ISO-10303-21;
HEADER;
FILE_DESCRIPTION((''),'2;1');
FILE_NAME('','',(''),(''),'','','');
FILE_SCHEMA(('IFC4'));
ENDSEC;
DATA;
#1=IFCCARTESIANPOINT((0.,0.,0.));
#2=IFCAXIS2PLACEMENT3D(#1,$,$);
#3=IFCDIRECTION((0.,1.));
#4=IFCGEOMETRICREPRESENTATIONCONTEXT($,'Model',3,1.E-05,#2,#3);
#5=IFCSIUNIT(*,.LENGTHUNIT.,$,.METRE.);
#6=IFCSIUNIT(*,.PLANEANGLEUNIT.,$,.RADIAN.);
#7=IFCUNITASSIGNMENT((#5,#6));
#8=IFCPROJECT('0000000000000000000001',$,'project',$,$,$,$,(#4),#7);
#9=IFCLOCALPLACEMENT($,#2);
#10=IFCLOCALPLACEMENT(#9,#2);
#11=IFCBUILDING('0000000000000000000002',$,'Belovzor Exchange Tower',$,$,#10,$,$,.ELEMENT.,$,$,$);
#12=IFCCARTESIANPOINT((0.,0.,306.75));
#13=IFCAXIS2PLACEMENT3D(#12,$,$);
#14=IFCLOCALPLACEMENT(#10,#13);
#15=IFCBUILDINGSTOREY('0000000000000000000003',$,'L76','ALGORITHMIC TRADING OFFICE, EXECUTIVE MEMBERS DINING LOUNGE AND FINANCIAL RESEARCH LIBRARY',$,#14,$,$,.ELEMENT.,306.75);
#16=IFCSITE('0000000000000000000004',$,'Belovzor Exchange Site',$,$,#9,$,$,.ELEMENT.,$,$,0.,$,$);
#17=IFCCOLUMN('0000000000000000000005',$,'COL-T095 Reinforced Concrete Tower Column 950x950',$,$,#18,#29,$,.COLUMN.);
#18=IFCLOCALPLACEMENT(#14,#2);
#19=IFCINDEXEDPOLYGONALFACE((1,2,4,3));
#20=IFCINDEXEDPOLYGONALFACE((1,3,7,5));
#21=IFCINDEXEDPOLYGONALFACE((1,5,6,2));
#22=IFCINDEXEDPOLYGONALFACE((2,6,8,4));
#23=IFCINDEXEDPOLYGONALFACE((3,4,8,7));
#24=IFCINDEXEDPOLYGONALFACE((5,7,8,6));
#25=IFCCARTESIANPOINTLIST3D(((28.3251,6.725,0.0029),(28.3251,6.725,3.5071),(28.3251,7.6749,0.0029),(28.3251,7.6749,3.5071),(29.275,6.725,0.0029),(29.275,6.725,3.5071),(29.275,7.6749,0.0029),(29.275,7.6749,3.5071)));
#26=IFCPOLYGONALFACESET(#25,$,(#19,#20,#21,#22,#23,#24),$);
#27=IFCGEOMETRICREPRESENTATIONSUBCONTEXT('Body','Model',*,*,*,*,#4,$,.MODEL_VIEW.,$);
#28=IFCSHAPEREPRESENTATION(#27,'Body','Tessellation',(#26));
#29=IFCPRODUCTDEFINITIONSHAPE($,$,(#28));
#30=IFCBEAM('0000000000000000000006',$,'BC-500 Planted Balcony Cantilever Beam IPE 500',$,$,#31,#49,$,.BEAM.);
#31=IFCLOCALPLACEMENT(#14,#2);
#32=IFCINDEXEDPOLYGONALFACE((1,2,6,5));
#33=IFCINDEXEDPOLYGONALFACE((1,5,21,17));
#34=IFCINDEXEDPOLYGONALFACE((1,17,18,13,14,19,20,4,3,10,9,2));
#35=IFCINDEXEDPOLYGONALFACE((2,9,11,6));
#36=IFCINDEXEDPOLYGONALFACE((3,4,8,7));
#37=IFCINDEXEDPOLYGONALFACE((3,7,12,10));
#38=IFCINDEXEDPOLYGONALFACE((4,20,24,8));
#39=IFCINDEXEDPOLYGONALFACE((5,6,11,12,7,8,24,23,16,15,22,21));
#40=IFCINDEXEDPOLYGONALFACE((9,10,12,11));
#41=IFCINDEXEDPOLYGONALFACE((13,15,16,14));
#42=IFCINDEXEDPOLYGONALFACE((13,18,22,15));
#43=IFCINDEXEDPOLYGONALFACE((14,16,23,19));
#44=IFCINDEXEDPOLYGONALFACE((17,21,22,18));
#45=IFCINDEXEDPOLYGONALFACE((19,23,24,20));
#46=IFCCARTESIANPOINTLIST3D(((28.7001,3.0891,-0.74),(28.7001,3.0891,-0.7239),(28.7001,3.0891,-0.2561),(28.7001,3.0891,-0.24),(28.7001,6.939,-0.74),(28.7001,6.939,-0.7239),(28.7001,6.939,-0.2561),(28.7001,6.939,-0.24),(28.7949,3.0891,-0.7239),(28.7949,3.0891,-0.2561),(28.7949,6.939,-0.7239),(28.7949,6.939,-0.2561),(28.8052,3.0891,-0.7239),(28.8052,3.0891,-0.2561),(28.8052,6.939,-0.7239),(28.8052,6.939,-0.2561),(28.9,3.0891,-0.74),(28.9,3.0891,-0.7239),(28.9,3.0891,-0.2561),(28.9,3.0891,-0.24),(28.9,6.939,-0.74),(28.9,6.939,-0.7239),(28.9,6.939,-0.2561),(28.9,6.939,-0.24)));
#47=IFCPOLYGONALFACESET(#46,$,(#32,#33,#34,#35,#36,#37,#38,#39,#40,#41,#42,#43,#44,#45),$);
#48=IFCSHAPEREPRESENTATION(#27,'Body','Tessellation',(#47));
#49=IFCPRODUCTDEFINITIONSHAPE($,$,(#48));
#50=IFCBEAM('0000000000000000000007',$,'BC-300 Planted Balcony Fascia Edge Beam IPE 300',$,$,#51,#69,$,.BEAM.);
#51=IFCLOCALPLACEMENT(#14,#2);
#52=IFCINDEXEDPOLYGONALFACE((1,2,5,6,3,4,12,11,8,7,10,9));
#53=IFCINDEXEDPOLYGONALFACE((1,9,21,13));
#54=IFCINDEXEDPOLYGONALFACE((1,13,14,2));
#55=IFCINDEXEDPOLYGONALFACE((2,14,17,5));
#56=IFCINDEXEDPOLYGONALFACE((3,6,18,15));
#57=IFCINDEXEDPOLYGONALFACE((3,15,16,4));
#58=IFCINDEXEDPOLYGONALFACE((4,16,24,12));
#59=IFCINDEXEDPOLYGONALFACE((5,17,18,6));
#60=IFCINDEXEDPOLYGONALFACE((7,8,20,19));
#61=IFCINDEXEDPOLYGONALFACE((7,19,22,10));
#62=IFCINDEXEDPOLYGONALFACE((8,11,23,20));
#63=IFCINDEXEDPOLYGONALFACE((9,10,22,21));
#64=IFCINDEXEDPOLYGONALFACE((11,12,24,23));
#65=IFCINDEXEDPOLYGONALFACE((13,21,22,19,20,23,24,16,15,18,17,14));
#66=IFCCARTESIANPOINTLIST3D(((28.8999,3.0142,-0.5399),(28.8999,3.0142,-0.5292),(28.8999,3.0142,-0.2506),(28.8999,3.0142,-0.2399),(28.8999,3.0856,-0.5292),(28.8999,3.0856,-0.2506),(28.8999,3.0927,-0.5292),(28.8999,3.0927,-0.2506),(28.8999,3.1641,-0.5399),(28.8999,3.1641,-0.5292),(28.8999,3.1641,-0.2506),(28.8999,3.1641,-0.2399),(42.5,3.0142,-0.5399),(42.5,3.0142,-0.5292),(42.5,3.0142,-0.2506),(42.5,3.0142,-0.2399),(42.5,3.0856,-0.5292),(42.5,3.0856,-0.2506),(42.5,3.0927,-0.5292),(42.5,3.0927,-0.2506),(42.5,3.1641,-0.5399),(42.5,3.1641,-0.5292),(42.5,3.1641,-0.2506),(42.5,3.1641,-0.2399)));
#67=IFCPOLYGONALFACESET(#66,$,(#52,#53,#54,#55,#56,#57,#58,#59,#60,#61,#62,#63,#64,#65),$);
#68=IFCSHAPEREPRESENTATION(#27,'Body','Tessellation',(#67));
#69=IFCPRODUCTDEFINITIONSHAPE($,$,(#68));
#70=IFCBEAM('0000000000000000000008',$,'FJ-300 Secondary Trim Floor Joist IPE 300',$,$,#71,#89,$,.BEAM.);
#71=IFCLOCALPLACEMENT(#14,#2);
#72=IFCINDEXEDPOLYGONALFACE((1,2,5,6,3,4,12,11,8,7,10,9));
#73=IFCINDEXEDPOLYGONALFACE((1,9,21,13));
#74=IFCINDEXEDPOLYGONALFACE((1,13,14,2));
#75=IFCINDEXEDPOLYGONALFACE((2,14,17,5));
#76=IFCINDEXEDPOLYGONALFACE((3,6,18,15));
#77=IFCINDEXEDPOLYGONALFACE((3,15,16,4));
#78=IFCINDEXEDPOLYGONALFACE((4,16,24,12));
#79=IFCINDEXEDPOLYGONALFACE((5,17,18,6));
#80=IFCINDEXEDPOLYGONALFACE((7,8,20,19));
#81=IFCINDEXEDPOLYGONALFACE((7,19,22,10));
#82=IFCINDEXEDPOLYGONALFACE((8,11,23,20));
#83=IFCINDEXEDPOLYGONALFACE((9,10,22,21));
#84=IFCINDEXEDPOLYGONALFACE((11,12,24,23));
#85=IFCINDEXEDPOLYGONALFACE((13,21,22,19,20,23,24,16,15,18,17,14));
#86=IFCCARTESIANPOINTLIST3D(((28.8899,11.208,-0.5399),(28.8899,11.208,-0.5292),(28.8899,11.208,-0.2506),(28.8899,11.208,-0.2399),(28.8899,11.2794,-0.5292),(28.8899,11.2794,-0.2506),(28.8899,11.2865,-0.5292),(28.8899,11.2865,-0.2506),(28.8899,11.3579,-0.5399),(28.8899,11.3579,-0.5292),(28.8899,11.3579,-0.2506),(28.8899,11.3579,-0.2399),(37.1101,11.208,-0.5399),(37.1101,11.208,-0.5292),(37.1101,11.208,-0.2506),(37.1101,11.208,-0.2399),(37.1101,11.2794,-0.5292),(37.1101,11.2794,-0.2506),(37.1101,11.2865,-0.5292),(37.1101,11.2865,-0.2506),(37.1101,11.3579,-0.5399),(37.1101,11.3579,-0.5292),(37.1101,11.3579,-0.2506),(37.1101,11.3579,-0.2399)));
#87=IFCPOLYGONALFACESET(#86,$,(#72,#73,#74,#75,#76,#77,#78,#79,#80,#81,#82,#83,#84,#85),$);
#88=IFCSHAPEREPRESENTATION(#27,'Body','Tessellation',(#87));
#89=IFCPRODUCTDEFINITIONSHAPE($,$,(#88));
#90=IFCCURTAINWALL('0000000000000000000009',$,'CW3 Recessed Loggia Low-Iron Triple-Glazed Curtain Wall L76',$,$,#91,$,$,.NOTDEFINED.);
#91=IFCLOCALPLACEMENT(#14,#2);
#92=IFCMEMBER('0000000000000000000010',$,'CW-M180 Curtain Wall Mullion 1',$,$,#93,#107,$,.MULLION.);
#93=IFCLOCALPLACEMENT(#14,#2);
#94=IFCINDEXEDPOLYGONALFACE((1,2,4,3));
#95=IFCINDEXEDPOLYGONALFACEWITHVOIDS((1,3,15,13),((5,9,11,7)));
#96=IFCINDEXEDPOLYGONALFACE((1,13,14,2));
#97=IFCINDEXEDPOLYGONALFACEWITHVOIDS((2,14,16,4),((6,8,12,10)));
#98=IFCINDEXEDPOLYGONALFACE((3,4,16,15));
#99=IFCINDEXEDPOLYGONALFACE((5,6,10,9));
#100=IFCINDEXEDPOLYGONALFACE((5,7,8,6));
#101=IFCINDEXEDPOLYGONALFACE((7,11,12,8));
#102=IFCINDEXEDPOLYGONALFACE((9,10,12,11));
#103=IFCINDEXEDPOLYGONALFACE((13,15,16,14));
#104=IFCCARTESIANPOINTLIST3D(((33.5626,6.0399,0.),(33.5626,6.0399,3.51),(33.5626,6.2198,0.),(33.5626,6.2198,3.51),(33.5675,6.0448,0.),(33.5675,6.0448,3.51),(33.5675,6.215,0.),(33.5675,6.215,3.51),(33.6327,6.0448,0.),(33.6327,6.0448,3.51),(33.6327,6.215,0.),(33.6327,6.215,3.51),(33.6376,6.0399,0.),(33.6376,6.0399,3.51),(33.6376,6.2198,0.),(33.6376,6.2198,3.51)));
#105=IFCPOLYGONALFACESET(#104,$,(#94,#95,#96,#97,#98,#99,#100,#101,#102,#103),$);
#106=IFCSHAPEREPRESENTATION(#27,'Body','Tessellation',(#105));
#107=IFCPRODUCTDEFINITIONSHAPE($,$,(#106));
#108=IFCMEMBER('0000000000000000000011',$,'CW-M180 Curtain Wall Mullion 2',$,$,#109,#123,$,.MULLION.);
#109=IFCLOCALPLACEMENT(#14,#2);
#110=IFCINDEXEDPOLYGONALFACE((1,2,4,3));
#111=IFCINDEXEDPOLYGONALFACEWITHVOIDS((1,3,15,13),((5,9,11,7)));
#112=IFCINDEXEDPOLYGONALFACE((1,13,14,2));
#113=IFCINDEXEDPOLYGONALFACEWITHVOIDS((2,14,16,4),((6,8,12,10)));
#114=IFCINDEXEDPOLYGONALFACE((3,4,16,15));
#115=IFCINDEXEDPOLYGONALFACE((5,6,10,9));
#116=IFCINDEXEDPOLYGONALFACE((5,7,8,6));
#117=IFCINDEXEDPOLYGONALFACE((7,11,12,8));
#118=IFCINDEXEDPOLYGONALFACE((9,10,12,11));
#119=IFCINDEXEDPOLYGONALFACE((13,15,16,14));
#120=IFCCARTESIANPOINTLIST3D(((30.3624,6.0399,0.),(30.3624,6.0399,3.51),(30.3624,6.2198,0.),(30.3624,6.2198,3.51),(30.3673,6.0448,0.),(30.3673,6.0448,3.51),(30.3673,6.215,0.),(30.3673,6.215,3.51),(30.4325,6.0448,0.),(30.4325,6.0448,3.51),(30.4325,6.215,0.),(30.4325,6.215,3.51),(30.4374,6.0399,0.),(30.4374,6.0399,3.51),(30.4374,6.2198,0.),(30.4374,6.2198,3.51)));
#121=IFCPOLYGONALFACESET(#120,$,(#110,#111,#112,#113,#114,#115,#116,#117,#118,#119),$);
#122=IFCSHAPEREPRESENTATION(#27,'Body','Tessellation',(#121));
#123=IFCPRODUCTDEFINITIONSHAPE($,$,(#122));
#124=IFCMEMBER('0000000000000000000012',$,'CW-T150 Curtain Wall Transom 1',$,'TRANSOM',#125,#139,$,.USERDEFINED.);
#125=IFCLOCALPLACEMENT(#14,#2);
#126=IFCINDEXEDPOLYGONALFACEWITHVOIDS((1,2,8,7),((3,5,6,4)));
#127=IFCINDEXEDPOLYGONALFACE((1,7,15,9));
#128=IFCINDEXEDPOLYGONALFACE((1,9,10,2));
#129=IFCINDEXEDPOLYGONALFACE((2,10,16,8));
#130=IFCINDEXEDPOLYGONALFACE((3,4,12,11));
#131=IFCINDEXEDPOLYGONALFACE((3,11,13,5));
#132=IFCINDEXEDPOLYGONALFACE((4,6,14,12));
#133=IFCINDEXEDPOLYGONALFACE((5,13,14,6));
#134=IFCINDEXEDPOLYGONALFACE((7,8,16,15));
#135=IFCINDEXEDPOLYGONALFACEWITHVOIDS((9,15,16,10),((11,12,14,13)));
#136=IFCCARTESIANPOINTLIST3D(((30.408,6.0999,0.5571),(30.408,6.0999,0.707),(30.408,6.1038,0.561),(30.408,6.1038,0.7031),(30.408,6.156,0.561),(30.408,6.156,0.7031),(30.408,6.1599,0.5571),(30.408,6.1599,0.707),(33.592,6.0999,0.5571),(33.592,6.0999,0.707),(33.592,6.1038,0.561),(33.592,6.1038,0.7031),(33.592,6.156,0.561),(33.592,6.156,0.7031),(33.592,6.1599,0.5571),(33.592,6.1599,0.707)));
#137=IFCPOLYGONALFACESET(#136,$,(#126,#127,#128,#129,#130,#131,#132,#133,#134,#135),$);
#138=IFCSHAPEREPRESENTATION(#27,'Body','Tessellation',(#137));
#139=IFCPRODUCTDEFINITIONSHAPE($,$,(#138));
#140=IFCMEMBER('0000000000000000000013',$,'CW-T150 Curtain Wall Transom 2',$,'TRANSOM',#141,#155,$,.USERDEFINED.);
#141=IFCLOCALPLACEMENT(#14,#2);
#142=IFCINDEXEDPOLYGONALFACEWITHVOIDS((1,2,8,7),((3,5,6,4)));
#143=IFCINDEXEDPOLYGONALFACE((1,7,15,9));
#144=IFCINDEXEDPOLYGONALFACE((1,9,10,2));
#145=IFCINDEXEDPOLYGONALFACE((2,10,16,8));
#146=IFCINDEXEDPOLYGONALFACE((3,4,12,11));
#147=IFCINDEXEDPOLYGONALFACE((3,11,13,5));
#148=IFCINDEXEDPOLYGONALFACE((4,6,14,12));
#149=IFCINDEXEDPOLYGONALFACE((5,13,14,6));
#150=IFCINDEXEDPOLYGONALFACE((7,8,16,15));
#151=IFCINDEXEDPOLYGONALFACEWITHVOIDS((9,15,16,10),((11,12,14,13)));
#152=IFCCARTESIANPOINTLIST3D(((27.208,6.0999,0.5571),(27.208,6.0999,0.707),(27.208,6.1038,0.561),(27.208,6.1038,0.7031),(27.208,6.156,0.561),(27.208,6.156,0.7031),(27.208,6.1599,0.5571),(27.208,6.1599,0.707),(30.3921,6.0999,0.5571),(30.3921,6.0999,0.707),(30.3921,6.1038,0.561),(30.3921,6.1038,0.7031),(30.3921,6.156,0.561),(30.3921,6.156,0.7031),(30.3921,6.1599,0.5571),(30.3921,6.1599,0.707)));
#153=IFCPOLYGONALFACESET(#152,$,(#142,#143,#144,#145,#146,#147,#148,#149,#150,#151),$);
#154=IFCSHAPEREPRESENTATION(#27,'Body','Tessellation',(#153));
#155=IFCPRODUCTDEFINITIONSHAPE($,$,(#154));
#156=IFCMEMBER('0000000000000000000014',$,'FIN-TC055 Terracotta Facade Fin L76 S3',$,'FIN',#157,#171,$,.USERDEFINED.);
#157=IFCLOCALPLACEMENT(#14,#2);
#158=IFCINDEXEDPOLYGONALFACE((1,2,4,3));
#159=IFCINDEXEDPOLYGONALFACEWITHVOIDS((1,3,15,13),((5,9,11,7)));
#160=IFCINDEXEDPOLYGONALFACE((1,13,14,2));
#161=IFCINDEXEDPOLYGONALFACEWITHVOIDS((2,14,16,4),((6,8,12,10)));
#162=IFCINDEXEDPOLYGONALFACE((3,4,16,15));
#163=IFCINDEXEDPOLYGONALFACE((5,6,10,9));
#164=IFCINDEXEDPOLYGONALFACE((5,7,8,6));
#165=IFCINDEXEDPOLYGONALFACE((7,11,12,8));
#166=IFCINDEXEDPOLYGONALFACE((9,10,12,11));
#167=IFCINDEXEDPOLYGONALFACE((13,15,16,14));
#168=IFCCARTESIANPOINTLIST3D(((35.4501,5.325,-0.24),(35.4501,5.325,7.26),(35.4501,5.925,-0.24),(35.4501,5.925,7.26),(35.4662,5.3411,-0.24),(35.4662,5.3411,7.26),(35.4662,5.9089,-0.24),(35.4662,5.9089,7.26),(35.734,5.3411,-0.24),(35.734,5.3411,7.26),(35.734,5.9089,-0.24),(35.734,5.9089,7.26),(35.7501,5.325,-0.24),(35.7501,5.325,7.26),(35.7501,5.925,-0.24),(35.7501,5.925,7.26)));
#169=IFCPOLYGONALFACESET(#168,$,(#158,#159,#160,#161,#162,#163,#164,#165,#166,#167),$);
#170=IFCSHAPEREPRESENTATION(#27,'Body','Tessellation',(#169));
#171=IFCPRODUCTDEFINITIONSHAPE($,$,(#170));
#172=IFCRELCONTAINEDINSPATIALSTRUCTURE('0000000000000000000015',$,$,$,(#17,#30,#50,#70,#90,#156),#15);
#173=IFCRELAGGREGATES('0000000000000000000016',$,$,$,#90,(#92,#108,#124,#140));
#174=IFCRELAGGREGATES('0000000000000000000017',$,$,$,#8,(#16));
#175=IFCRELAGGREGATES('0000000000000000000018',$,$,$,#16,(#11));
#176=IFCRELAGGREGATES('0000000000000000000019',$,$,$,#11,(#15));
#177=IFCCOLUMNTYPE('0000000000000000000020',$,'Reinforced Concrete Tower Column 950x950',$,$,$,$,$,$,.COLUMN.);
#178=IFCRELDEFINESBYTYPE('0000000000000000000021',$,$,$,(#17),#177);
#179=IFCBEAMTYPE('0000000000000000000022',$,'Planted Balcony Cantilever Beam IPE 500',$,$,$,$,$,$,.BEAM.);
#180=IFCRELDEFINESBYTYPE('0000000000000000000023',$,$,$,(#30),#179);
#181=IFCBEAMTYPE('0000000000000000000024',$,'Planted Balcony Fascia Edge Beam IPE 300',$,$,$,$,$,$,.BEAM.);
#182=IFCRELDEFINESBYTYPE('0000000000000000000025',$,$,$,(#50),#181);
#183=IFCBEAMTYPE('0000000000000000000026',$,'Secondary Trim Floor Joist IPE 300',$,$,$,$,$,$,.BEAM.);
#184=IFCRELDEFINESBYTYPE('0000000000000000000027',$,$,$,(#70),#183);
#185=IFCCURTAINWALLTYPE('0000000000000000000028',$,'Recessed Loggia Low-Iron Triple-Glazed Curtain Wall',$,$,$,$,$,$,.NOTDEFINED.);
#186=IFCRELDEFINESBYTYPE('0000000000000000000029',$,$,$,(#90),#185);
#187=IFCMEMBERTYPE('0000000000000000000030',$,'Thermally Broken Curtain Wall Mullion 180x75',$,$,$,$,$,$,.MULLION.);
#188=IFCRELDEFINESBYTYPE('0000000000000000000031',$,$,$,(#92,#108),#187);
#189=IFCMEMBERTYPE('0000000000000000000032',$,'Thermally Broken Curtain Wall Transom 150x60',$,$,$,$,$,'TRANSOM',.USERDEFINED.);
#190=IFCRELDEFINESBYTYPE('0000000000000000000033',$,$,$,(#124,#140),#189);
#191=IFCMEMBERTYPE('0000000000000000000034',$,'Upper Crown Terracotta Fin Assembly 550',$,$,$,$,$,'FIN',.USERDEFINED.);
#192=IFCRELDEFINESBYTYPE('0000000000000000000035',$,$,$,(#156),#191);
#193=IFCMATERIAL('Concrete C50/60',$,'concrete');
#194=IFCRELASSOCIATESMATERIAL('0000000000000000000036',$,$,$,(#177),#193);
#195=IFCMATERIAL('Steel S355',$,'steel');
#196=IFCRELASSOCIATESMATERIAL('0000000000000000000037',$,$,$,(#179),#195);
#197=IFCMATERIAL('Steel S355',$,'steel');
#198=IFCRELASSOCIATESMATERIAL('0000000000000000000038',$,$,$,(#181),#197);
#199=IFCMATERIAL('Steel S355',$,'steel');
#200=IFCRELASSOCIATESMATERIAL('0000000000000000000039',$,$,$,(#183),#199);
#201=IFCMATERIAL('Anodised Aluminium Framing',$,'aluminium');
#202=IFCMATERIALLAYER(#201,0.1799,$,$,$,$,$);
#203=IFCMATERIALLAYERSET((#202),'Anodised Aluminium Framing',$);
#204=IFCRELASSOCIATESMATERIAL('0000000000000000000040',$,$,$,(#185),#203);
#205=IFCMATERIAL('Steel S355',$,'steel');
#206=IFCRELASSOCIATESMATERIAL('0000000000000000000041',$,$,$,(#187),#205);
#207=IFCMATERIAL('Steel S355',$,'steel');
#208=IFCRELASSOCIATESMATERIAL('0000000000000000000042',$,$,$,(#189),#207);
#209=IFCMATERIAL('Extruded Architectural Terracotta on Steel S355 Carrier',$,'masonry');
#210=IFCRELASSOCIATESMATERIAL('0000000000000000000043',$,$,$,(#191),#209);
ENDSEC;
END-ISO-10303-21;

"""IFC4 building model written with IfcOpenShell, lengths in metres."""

from ifc_helpers import new_model, si_unit, direction, frame, origin, origin_2d, place, context, subcontext, project, spatial, rectangle, hollow_rectangle, i_section, extrude, material, layer, layer_set, material_profile, profile_set, type_object, element, aggregate, save


model = new_model("IFC4")

# Units and contexts
model_context = context("Model", 3, precision=1e-05, world=origin(), true_north=direction((0.0, 1.0)))
body_context = subcontext(model_context, "Body", "Model", "MODEL_VIEW")
ifc_project = project(units=[si_unit("LENGTHUNIT", "METRE"), si_unit("PLANEANGLEUNIT", "RADIAN")], contexts=[model_context])

# Site, building, storey
site_placement = place(None, origin())
site = spatial("IfcSite", under=ifc_project, at=site_placement, Name="Belovzor Exchange Site", CompositionType="ELEMENT", RefElevation=0.0)
building_placement = place(site_placement, origin())
building = spatial("IfcBuilding", under=site, at=building_placement, Name="Belovzor Exchange Tower", CompositionType="ELEMENT")
storey_placement = place(building_placement, frame((0.0, 0.0, 306.75)))
storey = spatial("IfcBuildingStorey", under=building, at=storey_placement, Name="L76", Description="ALGORITHMIC TRADING OFFICE, EXECUTIVE MEMBERS DINING LOUNGE AND FINANCIAL RESEARCH LIBRARY", CompositionType="ELEMENT", Elevation=306.75)

# Column
ifc_material_1 = material(Name="Concrete C50/60", Category="concrete")
ifc_material_profile_1 = material_profile(ifc_material_1, rectangle(XDim=0.95, YDim=0.95, at=origin_2d()))
ifc_profile_set_1 = profile_set([ifc_material_profile_1], Name="Concrete C50/60")
column_type = type_object("IfcColumnType", Name="Reinforced Concrete Tower Column 950x950", PredefinedType="COLUMN", material=ifc_profile_set_1)
column_placement = place(storey_placement, frame((28.8, 7.2, 0.0029), z_axis=(0.0, 0.0, 1.0), x_axis=(1.0, 0.0, 0.0)))
element("IfcColumn", 1, at=column_placement, inside=storey, type_object=column_type, Name="COL-T095 Reinforced Concrete Tower Column 950x950", PredefinedType="COLUMN", context=body_context, shape_type="SweptSolid", body=[
    extrude(rectangle(XDim=0.95, YDim=0.95, at=origin_2d()), origin(), (0.0, 0.0, 1.0), 3.5042),
])

# Beams
ifc_material_2 = material(Name="Steel S355", Category="steel")
ifc_material_profile_2 = material_profile(ifc_material_2, i_section(OverallWidth=0.2, OverallDepth=0.5, WebThickness=0.0103, FlangeThickness=0.0161, at=origin_2d()))
ifc_profile_set_2 = profile_set([ifc_material_profile_2], Name="Steel S355")
beam_type_1 = type_object("IfcBeamType", Name="Planted Balcony Cantilever Beam IPE 500", PredefinedType="BEAM", material=ifc_profile_set_2)
beam_1_placement = place(storey_placement, frame((28.8, 6.939, -0.49), z_axis=(0.0, -1.0, 0.0), x_axis=(1.0, 0.0, 0.0)))
element("IfcBeam", 2, at=beam_1_placement, inside=storey, type_object=beam_type_1, Name="BC-500 Planted Balcony Cantilever Beam IPE 500", PredefinedType="BEAM", context=body_context, shape_type="SweptSolid", body=[
    extrude(i_section(OverallWidth=0.2, OverallDepth=0.5, WebThickness=0.0103, FlangeThickness=0.0161, at=origin_2d()), origin(), (0.0, 0.0, 1.0), 3.8499),
])
ifc_material_3 = material(Name="Steel S355", Category="steel")
ifc_material_profile_3 = material_profile(ifc_material_3, i_section(OverallWidth=0.1499, OverallDepth=0.3, WebThickness=0.0071, FlangeThickness=0.0107, at=origin_2d()))
ifc_profile_set_3 = profile_set([ifc_material_profile_3], Name="Steel S355")
beam_type_2 = type_object("IfcBeamType", Name="Planted Balcony Fascia Edge Beam IPE 300", PredefinedType="BEAM", material=ifc_profile_set_3)
beam_2_placement = place(storey_placement, frame((28.8999, 3.0891, -0.3899), z_axis=(1.0, 0.0, 0.0), x_axis=(0.0, 1.0, 0.0)))
element("IfcBeam", 3, at=beam_2_placement, inside=storey, type_object=beam_type_2, Name="BC-300 Planted Balcony Fascia Edge Beam IPE 300", PredefinedType="BEAM", context=body_context, shape_type="SweptSolid", body=[
    extrude(i_section(OverallWidth=0.1499, OverallDepth=0.3, WebThickness=0.0071, FlangeThickness=0.0107, at=origin_2d()), origin(), (0.0, 0.0, 1.0), 13.6001),
])
ifc_material_4 = material(Name="Steel S355", Category="steel")
ifc_material_profile_4 = material_profile(ifc_material_4, i_section(OverallWidth=0.1499, OverallDepth=0.3, WebThickness=0.0071, FlangeThickness=0.0107, at=origin_2d()))
ifc_profile_set_4 = profile_set([ifc_material_profile_4], Name="Steel S355")
beam_type_3 = type_object("IfcBeamType", Name="Secondary Trim Floor Joist IPE 300", PredefinedType="BEAM", material=ifc_profile_set_4)
beam_3_placement = place(storey_placement, frame((28.8899, 11.283, -0.3899), z_axis=(1.0, 0.0, 0.0), x_axis=(0.0, 1.0, 0.0)))
element("IfcBeam", 4, at=beam_3_placement, inside=storey, type_object=beam_type_3, Name="FJ-300 Secondary Trim Floor Joist IPE 300", PredefinedType="BEAM", context=body_context, shape_type="SweptSolid", body=[
    extrude(i_section(OverallWidth=0.1499, OverallDepth=0.3, WebThickness=0.0071, FlangeThickness=0.0107, at=origin_2d()), origin(), (0.0, 0.0, 1.0), 8.2202),
])

# Curtain wall, members
ifc_material_5 = material(Name="Anodised Aluminium Framing", Category="aluminium")
ifc_layer_1 = layer(ifc_material_5, 0.1799)
ifc_layer_set_1 = layer_set([ifc_layer_1], Name="Anodised Aluminium Framing")
curtain_wall_type = type_object("IfcCurtainWallType", Name="Recessed Loggia Low-Iron Triple-Glazed Curtain Wall", PredefinedType="NOTDEFINED", material=ifc_layer_set_1)
curtain_wall_placement = place(storey_placement, origin())
curtain_wall = element("IfcCurtainWall", 5, at=curtain_wall_placement, inside=storey, type_object=curtain_wall_type, Name="CW3 Recessed Loggia Low-Iron Triple-Glazed Curtain Wall L76", PredefinedType="NOTDEFINED")
ifc_material_6 = material(Name="Steel S355", Category="steel")
ifc_material_profile_5 = material_profile(ifc_material_6, hollow_rectangle(XDim=0.075, YDim=0.1799, WallThickness=0.0049, at=origin_2d()))
ifc_profile_set_5 = profile_set([ifc_material_profile_5], Name="Steel S355")
member_type_1 = type_object("IfcMemberType", Name="Thermally Broken Curtain Wall Mullion 180x75", PredefinedType="MULLION", material=ifc_profile_set_5)
member_1_placement = place(storey_placement, frame((33.6001, 6.1299, 0.0), z_axis=(0.0, 0.0, 1.0), x_axis=(-1.0, 0.0, 0.0)))
member_1 = element("IfcMember", 6, at=member_1_placement, type_object=member_type_1, Name="CW-M180 Curtain Wall Mullion 1", PredefinedType="MULLION", context=body_context, shape_type="SweptSolid", body=[
    extrude(hollow_rectangle(XDim=0.075, YDim=0.1799, WallThickness=0.0049, at=origin_2d()), origin(), (0.0, 0.0, 1.0), 3.51),
])
member_2_placement = place(storey_placement, frame((30.3999, 6.1299, 0.0), z_axis=(0.0, 0.0, 1.0), x_axis=(-1.0, 0.0, 0.0)))
member_2 = element("IfcMember", 7, at=member_2_placement, type_object=member_type_1, Name="CW-M180 Curtain Wall Mullion 2", PredefinedType="MULLION", context=body_context, shape_type="SweptSolid", body=[
    extrude(hollow_rectangle(XDim=0.075, YDim=0.1799, WallThickness=0.0049, at=origin_2d()), origin(), (0.0, 0.0, 1.0), 3.51),
])
ifc_material_7 = material(Name="Steel S355", Category="steel")
ifc_material_profile_6 = material_profile(ifc_material_7, hollow_rectangle(XDim=0.0601, YDim=0.1499, WallThickness=0.0039, at=origin_2d()))
ifc_profile_set_6 = profile_set([ifc_material_profile_6], Name="Steel S355")
member_type_2 = type_object("IfcMemberType", Name="Thermally Broken Curtain Wall Transom 150x60", ElementType="TRANSOM", PredefinedType="USERDEFINED", material=ifc_profile_set_6)
member_3_placement = place(storey_placement, frame((33.592, 6.1299, 0.6321), z_axis=(-1.0, 0.0, 0.0), x_axis=(0.0, -1.0, 0.0)))
member_3 = element("IfcMember", 8, at=member_3_placement, type_object=member_type_2, Name="CW-T150 Curtain Wall Transom 1", ObjectType="TRANSOM", PredefinedType="USERDEFINED", context=body_context, shape_type="SweptSolid", body=[
    extrude(hollow_rectangle(XDim=0.0601, YDim=0.1499, WallThickness=0.0039, at=origin_2d()), origin(), (0.0, 0.0, 1.0), 3.1841),
])
member_4_placement = place(storey_placement, frame((30.3921, 6.1299, 0.6321), z_axis=(-1.0, 0.0, 0.0), x_axis=(0.0, -1.0, 0.0)))
member_4 = element("IfcMember", 9, at=member_4_placement, type_object=member_type_2, Name="CW-T150 Curtain Wall Transom 2", ObjectType="TRANSOM", PredefinedType="USERDEFINED", context=body_context, shape_type="SweptSolid", body=[
    extrude(hollow_rectangle(XDim=0.0601, YDim=0.1499, WallThickness=0.0039, at=origin_2d()), origin(), (0.0, 0.0, 1.0), 3.1841),
])

# Member
ifc_material_8 = material(Name="Extruded Architectural Terracotta on Steel S355 Carrier", Category="masonry")
ifc_material_profile_7 = material_profile(ifc_material_8, hollow_rectangle(XDim=0.3, YDim=0.6001, WallThickness=0.0161, at=origin_2d()))
ifc_profile_set_7 = profile_set([ifc_material_profile_7], Name="Extruded Architectural Terracotta on Steel S355 Carrier")
member_type_3 = type_object("IfcMemberType", Name="Upper Crown Terracotta Fin Assembly 550", ElementType="FIN", PredefinedType="USERDEFINED", material=ifc_profile_set_7)
for number, where, z_axis, x_axis, name in (
    (10, (35.6001, 5.625, -0.24), (0.0, 0.0, 1.0), (1.0, 0.0, 0.0), "FIN-TC055 Terracotta Facade Fin L76 S3"),
):
    element("IfcMember", number, at=place(storey_placement, frame(where, z_axis=z_axis, x_axis=x_axis)), inside=storey, type_object=member_type_3, Name=name, ObjectType="FIN", PredefinedType="USERDEFINED", context=body_context, shape_type="SweptSolid", body=[
        extrude(hollow_rectangle(XDim=0.3, YDim=0.6001, WallThickness=0.0161, at=origin_2d()), origin(), (0.0, 0.0, 1.0), 7.5),
    ])

aggregate(curtain_wall, [member_1, member_2, member_3, member_4])

save(model, "model.ifc")
